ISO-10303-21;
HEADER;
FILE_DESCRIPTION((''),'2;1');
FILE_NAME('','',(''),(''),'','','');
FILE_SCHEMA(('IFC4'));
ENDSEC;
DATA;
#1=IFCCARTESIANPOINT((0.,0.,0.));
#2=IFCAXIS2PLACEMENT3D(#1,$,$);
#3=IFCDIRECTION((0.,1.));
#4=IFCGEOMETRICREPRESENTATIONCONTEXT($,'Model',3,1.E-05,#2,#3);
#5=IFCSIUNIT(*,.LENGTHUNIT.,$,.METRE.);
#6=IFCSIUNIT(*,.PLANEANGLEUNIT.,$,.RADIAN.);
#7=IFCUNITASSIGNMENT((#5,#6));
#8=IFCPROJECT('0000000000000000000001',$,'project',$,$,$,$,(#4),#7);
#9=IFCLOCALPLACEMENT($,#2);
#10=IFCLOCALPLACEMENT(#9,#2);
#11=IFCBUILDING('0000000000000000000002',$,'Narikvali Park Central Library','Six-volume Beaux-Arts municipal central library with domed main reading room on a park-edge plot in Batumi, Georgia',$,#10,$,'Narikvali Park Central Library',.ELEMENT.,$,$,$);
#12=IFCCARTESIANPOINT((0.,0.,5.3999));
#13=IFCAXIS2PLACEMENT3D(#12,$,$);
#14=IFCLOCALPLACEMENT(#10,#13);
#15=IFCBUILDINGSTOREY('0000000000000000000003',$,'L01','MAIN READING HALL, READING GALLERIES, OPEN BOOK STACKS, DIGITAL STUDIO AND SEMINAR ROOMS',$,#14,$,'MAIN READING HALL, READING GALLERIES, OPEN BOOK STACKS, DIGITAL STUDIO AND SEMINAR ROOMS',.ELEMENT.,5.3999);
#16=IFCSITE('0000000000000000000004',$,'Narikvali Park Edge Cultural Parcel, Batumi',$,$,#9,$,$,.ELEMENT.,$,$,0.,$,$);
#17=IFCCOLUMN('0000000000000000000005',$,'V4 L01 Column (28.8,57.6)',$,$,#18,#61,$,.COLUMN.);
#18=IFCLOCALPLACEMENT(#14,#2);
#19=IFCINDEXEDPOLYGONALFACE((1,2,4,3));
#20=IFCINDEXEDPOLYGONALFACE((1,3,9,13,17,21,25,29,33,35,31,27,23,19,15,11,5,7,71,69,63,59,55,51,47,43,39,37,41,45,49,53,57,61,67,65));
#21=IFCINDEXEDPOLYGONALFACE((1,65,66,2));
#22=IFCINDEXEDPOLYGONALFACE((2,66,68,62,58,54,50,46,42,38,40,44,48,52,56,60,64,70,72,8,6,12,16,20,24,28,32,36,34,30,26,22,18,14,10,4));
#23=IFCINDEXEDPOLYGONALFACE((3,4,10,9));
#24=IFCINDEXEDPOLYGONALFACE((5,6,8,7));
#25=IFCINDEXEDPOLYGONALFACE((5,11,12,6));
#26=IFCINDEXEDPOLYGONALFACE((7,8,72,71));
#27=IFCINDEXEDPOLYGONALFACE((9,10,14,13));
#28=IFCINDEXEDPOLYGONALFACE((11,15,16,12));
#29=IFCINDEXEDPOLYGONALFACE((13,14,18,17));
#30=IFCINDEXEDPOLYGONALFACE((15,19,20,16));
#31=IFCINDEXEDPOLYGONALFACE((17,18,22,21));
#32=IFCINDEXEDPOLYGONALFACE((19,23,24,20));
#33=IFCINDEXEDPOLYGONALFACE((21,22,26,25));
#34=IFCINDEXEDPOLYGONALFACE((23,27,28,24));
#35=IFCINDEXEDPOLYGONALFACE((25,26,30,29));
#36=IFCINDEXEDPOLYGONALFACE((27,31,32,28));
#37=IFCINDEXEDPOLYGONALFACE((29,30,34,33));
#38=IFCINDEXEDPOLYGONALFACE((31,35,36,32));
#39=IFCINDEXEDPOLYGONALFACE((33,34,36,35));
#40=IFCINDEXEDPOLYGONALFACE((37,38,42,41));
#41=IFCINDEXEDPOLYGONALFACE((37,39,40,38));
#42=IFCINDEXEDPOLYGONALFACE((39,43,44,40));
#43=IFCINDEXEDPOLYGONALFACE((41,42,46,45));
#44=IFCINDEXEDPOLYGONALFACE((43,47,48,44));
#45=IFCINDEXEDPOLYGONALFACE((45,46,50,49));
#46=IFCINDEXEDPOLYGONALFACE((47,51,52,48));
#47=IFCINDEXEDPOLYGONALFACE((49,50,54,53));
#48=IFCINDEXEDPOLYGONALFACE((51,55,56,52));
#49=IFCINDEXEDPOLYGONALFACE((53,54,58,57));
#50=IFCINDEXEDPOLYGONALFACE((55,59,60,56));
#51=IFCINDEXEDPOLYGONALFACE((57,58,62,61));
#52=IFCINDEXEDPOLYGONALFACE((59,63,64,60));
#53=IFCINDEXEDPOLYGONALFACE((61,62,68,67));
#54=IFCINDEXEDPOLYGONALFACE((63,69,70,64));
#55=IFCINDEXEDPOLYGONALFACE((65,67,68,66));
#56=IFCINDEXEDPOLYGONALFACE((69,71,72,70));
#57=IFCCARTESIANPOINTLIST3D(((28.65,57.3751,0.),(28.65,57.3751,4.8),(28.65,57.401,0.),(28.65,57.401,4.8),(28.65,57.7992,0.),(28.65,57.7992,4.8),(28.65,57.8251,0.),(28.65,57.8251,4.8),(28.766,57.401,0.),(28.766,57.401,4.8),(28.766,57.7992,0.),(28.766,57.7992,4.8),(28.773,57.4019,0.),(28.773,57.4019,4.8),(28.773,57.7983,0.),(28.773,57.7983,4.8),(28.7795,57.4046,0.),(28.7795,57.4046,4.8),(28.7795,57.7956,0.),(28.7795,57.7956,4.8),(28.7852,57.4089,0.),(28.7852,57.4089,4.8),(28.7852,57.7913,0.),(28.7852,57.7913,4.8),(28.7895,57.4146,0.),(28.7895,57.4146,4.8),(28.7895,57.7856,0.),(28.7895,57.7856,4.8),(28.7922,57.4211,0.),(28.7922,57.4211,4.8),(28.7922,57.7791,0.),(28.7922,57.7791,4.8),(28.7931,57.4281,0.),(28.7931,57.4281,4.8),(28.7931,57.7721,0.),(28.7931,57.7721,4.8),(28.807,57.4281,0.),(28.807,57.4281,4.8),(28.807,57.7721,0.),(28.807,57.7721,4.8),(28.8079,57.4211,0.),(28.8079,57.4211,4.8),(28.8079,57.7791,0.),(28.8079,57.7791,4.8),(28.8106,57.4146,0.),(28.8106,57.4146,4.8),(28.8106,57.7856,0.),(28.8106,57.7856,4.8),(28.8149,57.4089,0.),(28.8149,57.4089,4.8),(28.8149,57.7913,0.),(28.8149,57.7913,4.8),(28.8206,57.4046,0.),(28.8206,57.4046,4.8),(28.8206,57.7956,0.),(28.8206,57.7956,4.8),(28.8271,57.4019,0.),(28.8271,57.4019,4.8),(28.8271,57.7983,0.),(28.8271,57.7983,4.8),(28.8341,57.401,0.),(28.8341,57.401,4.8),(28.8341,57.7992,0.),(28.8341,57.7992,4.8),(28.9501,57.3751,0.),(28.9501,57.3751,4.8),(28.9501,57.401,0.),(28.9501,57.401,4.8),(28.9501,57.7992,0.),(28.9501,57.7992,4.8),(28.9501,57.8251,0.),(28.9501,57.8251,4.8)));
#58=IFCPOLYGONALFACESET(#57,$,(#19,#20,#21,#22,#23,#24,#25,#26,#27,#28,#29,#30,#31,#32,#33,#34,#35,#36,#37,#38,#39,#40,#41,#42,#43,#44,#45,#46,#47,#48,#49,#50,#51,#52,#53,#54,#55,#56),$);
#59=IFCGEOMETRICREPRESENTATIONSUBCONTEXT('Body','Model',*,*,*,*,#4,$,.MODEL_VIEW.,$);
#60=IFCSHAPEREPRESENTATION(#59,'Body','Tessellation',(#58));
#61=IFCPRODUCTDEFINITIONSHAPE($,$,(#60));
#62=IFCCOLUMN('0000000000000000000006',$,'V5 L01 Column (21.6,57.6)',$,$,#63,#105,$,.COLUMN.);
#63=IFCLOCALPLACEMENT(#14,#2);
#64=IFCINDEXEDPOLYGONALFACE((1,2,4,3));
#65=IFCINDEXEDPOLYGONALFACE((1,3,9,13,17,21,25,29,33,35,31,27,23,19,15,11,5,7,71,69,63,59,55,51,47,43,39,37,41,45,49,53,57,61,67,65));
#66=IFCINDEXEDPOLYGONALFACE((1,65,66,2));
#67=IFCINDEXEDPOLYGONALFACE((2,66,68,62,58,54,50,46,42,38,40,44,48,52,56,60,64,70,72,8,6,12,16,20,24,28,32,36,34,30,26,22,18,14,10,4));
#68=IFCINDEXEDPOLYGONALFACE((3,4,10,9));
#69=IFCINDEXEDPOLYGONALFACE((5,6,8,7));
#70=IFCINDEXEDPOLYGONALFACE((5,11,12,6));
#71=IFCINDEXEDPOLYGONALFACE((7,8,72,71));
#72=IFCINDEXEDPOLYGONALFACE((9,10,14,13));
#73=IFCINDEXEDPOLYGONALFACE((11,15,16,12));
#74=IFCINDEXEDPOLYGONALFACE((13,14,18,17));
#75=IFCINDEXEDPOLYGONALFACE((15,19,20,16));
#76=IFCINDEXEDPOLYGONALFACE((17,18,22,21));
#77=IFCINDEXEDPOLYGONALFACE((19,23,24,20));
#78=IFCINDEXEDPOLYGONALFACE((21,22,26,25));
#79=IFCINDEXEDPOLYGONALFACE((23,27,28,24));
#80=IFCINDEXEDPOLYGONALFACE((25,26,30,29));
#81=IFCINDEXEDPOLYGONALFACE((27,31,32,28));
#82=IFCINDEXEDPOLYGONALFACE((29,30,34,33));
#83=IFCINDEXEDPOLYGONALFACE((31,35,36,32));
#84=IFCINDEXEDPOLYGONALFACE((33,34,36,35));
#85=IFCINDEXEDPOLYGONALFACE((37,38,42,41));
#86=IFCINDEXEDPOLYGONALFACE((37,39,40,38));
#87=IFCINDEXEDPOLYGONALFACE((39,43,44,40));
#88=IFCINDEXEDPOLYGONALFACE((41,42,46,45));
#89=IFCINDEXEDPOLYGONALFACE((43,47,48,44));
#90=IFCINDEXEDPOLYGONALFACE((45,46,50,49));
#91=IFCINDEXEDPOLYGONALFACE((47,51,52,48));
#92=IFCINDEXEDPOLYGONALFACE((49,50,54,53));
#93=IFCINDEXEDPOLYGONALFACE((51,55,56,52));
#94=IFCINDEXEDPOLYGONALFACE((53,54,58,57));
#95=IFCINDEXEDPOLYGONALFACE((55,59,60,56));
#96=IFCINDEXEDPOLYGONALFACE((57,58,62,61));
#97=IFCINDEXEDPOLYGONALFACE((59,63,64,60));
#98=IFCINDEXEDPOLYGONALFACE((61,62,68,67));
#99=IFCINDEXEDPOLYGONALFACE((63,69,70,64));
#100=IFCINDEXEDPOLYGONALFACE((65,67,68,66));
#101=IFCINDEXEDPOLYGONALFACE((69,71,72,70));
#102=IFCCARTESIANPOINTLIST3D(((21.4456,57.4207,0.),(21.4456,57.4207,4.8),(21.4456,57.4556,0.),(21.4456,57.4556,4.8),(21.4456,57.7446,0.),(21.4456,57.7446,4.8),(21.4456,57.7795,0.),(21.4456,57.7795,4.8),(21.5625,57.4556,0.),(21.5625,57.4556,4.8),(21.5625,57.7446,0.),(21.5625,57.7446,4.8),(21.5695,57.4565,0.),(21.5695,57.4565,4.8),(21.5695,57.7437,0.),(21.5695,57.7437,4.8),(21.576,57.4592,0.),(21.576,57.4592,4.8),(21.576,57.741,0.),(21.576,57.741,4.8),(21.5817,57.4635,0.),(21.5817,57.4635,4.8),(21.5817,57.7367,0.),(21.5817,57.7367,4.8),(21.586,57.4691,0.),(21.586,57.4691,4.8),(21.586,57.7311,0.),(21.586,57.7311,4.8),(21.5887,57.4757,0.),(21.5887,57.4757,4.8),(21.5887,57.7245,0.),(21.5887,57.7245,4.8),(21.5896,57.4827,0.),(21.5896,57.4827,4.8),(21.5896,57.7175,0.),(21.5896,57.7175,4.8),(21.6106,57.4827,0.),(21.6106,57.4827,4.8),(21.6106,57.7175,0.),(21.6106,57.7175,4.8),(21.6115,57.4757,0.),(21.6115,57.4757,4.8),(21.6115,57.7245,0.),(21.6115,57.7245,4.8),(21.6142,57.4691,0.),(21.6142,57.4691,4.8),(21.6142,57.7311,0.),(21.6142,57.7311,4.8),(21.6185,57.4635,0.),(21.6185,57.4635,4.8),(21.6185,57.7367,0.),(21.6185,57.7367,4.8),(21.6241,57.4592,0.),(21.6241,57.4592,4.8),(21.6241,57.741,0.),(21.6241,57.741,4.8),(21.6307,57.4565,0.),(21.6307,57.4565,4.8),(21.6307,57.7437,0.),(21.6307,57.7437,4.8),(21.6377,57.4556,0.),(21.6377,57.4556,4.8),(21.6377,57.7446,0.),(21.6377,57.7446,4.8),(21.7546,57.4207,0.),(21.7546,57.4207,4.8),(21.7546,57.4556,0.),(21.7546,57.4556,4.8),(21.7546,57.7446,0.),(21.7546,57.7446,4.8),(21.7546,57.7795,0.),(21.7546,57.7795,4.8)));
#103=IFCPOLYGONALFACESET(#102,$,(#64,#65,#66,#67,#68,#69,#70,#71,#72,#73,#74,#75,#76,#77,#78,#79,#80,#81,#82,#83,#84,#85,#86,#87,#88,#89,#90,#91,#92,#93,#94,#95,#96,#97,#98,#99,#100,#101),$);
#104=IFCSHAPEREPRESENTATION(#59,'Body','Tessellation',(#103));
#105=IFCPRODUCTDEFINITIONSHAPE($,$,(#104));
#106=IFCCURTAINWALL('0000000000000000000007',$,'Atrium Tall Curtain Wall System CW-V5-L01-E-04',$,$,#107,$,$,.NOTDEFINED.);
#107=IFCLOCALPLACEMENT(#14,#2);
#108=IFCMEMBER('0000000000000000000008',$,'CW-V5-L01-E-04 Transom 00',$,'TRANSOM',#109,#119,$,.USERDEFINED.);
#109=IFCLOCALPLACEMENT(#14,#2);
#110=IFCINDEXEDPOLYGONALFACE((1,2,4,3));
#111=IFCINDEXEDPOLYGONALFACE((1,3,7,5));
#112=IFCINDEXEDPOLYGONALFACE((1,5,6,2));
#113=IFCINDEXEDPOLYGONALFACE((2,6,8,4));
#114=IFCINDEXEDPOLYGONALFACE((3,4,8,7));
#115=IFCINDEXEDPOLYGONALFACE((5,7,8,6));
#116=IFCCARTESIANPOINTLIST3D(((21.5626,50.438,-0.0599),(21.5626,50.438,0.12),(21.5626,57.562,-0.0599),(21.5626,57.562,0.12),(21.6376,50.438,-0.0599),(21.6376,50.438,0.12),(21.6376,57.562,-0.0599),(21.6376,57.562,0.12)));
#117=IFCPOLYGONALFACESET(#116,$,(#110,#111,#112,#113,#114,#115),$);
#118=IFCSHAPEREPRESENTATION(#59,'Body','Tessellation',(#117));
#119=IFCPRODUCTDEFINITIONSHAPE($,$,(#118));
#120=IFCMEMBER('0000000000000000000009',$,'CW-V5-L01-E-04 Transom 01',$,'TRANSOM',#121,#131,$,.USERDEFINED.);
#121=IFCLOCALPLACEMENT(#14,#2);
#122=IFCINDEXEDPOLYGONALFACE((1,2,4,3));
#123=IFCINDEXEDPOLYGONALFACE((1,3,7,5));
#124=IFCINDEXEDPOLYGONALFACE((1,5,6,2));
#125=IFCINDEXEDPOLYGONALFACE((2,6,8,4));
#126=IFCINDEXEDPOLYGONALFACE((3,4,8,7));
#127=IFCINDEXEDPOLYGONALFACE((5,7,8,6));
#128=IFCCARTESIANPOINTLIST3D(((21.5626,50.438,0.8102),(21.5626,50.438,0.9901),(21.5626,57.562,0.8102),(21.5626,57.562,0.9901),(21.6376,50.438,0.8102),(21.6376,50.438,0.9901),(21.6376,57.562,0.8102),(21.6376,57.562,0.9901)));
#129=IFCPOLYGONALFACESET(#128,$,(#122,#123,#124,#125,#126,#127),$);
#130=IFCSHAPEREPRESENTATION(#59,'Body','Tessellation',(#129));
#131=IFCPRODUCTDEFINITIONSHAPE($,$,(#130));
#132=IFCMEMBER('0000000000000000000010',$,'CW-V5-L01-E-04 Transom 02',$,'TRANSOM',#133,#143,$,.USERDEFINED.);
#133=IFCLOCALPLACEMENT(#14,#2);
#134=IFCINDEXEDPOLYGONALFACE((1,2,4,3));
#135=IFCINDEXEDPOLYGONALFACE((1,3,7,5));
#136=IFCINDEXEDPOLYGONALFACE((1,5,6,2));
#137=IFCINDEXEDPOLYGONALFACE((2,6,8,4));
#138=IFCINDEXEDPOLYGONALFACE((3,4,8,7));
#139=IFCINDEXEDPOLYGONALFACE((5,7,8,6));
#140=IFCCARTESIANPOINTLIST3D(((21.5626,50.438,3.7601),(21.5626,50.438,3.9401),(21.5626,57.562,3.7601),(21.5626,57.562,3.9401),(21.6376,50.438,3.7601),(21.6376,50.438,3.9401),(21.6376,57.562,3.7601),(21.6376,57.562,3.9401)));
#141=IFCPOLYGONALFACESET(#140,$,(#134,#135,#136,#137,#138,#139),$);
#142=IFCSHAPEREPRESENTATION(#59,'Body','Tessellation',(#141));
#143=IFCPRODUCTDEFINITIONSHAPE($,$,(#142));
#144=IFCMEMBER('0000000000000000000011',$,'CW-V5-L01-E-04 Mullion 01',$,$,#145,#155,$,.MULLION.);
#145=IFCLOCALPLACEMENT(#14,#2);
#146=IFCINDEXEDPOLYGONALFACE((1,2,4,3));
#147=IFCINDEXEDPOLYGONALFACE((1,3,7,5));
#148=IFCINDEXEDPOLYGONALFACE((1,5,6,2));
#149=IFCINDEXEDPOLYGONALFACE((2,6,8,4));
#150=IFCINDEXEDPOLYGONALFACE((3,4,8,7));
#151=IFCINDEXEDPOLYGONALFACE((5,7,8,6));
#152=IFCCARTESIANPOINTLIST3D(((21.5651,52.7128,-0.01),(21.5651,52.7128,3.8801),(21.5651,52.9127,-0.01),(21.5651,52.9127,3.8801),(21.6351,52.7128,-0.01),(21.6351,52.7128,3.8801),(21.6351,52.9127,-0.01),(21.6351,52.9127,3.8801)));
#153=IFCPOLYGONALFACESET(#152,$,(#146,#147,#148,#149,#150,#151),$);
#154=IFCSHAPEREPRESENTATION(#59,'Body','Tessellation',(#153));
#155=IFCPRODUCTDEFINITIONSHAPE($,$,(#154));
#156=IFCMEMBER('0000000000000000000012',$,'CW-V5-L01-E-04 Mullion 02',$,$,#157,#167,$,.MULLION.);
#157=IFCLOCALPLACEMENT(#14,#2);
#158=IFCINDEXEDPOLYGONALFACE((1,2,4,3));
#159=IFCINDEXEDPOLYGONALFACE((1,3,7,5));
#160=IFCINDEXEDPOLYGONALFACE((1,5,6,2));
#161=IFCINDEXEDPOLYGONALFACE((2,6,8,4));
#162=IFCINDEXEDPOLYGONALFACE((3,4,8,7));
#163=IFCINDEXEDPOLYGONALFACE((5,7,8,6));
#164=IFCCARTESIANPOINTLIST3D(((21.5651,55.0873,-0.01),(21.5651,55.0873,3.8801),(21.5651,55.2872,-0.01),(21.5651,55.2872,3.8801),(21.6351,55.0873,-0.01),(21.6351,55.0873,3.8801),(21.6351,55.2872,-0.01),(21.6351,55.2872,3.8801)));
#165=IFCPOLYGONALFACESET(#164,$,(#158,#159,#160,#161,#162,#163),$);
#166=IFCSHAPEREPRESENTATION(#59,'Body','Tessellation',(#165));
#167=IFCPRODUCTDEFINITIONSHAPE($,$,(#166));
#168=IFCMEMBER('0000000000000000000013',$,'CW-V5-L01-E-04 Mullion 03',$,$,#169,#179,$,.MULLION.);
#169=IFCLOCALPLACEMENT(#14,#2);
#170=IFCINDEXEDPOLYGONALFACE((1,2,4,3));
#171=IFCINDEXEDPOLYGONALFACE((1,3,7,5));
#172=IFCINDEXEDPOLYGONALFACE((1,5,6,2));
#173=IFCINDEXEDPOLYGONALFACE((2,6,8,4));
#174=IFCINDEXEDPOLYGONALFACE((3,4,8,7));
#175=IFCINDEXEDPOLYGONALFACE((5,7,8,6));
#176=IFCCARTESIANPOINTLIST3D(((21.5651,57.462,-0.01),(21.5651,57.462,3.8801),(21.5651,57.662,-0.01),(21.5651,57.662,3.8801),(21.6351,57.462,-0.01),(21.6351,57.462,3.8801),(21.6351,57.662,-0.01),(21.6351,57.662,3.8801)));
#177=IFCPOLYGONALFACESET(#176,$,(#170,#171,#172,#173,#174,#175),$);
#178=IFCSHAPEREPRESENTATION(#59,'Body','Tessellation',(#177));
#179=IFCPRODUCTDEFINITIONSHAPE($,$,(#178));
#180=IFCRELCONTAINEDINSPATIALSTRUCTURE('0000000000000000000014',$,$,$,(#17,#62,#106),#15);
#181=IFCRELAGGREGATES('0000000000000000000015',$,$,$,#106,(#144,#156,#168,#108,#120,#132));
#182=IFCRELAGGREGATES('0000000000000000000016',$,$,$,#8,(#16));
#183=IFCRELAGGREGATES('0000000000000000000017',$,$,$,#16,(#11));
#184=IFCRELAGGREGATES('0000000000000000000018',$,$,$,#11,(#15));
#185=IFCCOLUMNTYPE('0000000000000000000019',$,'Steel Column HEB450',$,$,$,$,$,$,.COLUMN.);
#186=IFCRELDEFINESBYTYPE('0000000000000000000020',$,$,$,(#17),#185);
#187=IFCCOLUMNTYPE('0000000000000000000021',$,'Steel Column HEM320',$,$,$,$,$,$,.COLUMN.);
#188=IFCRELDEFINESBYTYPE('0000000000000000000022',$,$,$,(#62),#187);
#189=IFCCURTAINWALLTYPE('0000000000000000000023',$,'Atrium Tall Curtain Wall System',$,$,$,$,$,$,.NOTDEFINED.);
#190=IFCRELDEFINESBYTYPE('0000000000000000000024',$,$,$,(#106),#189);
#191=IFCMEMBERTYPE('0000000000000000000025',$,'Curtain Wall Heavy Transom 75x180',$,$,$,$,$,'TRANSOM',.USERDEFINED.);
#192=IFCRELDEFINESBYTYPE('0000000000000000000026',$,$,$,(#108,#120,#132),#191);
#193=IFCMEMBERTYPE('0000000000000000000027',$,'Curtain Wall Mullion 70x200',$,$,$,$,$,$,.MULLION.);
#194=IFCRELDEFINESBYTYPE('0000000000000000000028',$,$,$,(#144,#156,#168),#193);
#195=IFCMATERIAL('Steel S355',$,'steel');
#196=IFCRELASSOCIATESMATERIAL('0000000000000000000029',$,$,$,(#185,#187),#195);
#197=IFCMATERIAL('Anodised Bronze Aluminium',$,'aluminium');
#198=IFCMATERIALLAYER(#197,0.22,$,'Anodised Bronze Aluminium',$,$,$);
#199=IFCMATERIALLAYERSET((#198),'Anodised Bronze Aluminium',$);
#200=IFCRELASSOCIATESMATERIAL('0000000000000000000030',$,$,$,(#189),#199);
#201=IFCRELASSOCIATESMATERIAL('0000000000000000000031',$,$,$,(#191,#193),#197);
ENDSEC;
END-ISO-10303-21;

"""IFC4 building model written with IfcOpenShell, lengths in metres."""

from ifc_helpers import new_model, si_unit, direction, frame, origin, origin_2d, place, context, subcontext, project, spatial, rectangle, i_section, extrude, material, layer, layer_set, material_profile, profile_set, type_object, element, aggregate, save


model = new_model("IFC4")

# Units and contexts
model_context = context("Model", 3, precision=1e-05, world=origin(), true_north=direction((0.0, 1.0)))
body_context = subcontext(model_context, "Body", "Model", "MODEL_VIEW")
ifc_project = project(units=[si_unit("LENGTHUNIT", "METRE"), si_unit("PLANEANGLEUNIT", "RADIAN")], contexts=[model_context])

# Site, building, storey
site_placement = place(None, origin())
site = spatial("IfcSite", under=ifc_project, at=site_placement, Name="Narikvali Park Edge Cultural Parcel, Batumi", CompositionType="ELEMENT", RefElevation=0.0)
building_placement = place(site_placement, origin())
building = spatial("IfcBuilding", under=site, at=building_placement, Name="Narikvali Park Central Library", Description="Six-volume Beaux-Arts municipal central library with domed main reading room on a park-edge plot in Batumi, Georgia", LongName="Narikvali Park Central Library", CompositionType="ELEMENT")
storey_placement = place(building_placement, frame((0.0, 0.0, 5.3999)))
storey = spatial("IfcBuildingStorey", under=building, at=storey_placement, Name="L01", Description="MAIN READING HALL, READING GALLERIES, OPEN BOOK STACKS, DIGITAL STUDIO AND SEMINAR ROOMS", LongName="MAIN READING HALL, READING GALLERIES, OPEN BOOK STACKS, DIGITAL STUDIO AND SEMINAR ROOMS", CompositionType="ELEMENT", Elevation=5.3999)

# Columns
ifc_material_1 = material(Name="Steel S355", Category="steel")
ifc_material_profile_1 = material_profile(ifc_material_1, i_section(OverallWidth=0.3, OverallDepth=0.45, WebThickness=0.0139, FlangeThickness=0.0259, FilletRadius=0.0271, at=origin_2d()), Name="HEB 450")
ifc_profile_set_1 = profile_set([ifc_material_profile_1], Name="Steel S355")
column_type_1 = type_object("IfcColumnType", Name="Steel Column HEB450", PredefinedType="COLUMN", material=ifc_profile_set_1)
column_1_placement = place(storey_placement, frame((28.8, 57.6001, 0.0), z_axis=(0.0, 0.0, 1.0), x_axis=(1.0, 0.0, 0.0)))
element("IfcColumn", 1, at=column_1_placement, inside=storey, type_object=column_type_1, Name="V4 L01 Column (28.8,57.6)", PredefinedType="COLUMN", context=body_context, shape_type="SweptSolid", body=[
    extrude(i_section(OverallWidth=0.3, OverallDepth=0.45, WebThickness=0.0139, FlangeThickness=0.0259, FilletRadius=0.0271, at=origin_2d()), origin(), (0.0, 0.0, 1.0), 4.8),
])
ifc_material_profile_2 = material_profile(ifc_material_1, i_section(OverallWidth=0.3091, OverallDepth=0.3589, WebThickness=0.021, FlangeThickness=0.0349, FilletRadius=0.0271, at=origin_2d()), Name="HEM 320")
ifc_profile_set_2 = profile_set([ifc_material_profile_2], Name="Steel S355")
column_type_2 = type_object("IfcColumnType", Name="Steel Column HEM320", PredefinedType="COLUMN", material=ifc_profile_set_2)
column_2_placement = place(storey_placement, frame((21.6001, 57.6001, 0.0), z_axis=(0.0, 0.0, 1.0), x_axis=(1.0, 0.0, 0.0)))
element("IfcColumn", 2, at=column_2_placement, inside=storey, type_object=column_type_2, Name="V5 L01 Column (21.6,57.6)", PredefinedType="COLUMN", context=body_context, shape_type="SweptSolid", body=[
    extrude(i_section(OverallWidth=0.3091, OverallDepth=0.3589, WebThickness=0.021, FlangeThickness=0.0349, FilletRadius=0.0271, at=origin_2d()), origin(), (0.0, 0.0, 1.0), 4.8),
])

# Curtain wall, members
ifc_material_2 = material(Name="Anodised Bronze Aluminium", Category="aluminium")
ifc_layer_1 = layer(ifc_material_2, 0.22, Name="Anodised Bronze Aluminium")
ifc_layer_set_1 = layer_set([ifc_layer_1], Name="Anodised Bronze Aluminium")
curtain_wall_type = type_object("IfcCurtainWallType", Name="Atrium Tall Curtain Wall System", PredefinedType="NOTDEFINED", material=ifc_layer_set_1)
curtain_wall_placement = place(storey_placement, origin())
curtain_wall = element("IfcCurtainWall", 3, at=curtain_wall_placement, inside=storey, type_object=curtain_wall_type, Name="Atrium Tall Curtain Wall System CW-V5-L01-E-04", PredefinedType="NOTDEFINED")
ifc_material_profile_3 = material_profile(ifc_material_2, rectangle(XDim=0.075, YDim=0.1799, at=origin_2d()), Name="CW TRANSOM 75x180")
ifc_profile_set_3 = profile_set([ifc_material_profile_3], Name="Anodised Bronze Aluminium")
member_type_1 = type_object("IfcMemberType", Name="Curtain Wall Heavy Transom 75x180", ElementType="TRANSOM", PredefinedType="USERDEFINED", material=ifc_profile_set_3)
member_1_placement = place(storey_placement, frame((21.6001, 50.438, 0.03), z_axis=(0.0, 1.0, 0.0), x_axis=(-1.0, 0.0, 0.0)))
member_1 = element("IfcMember", 4, at=member_1_placement, type_object=member_type_1, Name="CW-V5-L01-E-04 Transom 00", ObjectType="TRANSOM", PredefinedType="USERDEFINED", context=body_context, shape_type="SweptSolid", body=[
    extrude(rectangle(XDim=0.075, YDim=0.1799, at=origin_2d()), origin(), (0.0, 0.0, 1.0), 7.124),
])
member_2_placement = place(storey_placement, frame((21.6001, 50.438, 0.9001), z_axis=(0.0, 1.0, 0.0), x_axis=(-1.0, 0.0, 0.0)))
member_2 = element("IfcMember", 5, at=member_2_placement, type_object=member_type_1, Name="CW-V5-L01-E-04 Transom 01", ObjectType="TRANSOM", PredefinedType="USERDEFINED", context=body_context, shape_type="SweptSolid", body=[
    extrude(rectangle(XDim=0.075, YDim=0.1799, at=origin_2d()), origin(), (0.0, 0.0, 1.0), 7.124),
])
member_3_placement = place(storey_placement, frame((21.6001, 50.438, 3.8501), z_axis=(0.0, 1.0, 0.0), x_axis=(-1.0, 0.0, 0.0)))
member_3 = element("IfcMember", 6, at=member_3_placement, type_object=member_type_1, Name="CW-V5-L01-E-04 Transom 02", ObjectType="TRANSOM", PredefinedType="USERDEFINED", context=body_context, shape_type="SweptSolid", body=[
    extrude(rectangle(XDim=0.075, YDim=0.1799, at=origin_2d()), origin(), (0.0, 0.0, 1.0), 7.124),
])
ifc_material_profile_4 = material_profile(ifc_material_2, rectangle(XDim=0.0701, YDim=0.2, at=origin_2d()), Name="CW MULLION 70x200")
ifc_profile_set_4 = profile_set([ifc_material_profile_4], Name="Anodised Bronze Aluminium")
member_type_2 = type_object("IfcMemberType", Name="Curtain Wall Mullion 70x200", PredefinedType="MULLION", material=ifc_profile_set_4)
member_4_placement = place(storey_placement, frame((21.6001, 52.8127, -0.01), z_axis=(0.0, 0.0, 1.0), x_axis=(1.0, 0.0, 0.0)))
member_4 = element("IfcMember", 7, at=member_4_placement, type_object=member_type_2, Name="CW-V5-L01-E-04 Mullion 01", PredefinedType="MULLION", context=body_context, shape_type="SweptSolid", body=[
    extrude(rectangle(XDim=0.0701, YDim=0.2, at=origin_2d()), origin(), (0.0, 0.0, 1.0), 3.8901),
])
member_5_placement = place(storey_placement, frame((21.6001, 55.1873, -0.01), z_axis=(0.0, 0.0, 1.0), x_axis=(1.0, 0.0, 0.0)))
member_5 = element("IfcMember", 8, at=member_5_placement, type_object=member_type_2, Name="CW-V5-L01-E-04 Mullion 02", PredefinedType="MULLION", context=body_context, shape_type="SweptSolid", body=[
    extrude(rectangle(XDim=0.0701, YDim=0.2, at=origin_2d()), origin(), (0.0, 0.0, 1.0), 3.8901),
])
member_6_placement = place(storey_placement, frame((21.6001, 57.562, -0.01), z_axis=(0.0, 0.0, 1.0), x_axis=(1.0, 0.0, 0.0)))
member_6 = element("IfcMember", 9, at=member_6_placement, type_object=member_type_2, Name="CW-V5-L01-E-04 Mullion 03", PredefinedType="MULLION", context=body_context, shape_type="SweptSolid", body=[
    extrude(rectangle(XDim=0.0701, YDim=0.2, at=origin_2d()), origin(), (0.0, 0.0, 1.0), 3.8901),
])

aggregate(curtain_wall, [member_4, member_5, member_6, member_1, member_2, member_3])

save(model, "model.ifc")
